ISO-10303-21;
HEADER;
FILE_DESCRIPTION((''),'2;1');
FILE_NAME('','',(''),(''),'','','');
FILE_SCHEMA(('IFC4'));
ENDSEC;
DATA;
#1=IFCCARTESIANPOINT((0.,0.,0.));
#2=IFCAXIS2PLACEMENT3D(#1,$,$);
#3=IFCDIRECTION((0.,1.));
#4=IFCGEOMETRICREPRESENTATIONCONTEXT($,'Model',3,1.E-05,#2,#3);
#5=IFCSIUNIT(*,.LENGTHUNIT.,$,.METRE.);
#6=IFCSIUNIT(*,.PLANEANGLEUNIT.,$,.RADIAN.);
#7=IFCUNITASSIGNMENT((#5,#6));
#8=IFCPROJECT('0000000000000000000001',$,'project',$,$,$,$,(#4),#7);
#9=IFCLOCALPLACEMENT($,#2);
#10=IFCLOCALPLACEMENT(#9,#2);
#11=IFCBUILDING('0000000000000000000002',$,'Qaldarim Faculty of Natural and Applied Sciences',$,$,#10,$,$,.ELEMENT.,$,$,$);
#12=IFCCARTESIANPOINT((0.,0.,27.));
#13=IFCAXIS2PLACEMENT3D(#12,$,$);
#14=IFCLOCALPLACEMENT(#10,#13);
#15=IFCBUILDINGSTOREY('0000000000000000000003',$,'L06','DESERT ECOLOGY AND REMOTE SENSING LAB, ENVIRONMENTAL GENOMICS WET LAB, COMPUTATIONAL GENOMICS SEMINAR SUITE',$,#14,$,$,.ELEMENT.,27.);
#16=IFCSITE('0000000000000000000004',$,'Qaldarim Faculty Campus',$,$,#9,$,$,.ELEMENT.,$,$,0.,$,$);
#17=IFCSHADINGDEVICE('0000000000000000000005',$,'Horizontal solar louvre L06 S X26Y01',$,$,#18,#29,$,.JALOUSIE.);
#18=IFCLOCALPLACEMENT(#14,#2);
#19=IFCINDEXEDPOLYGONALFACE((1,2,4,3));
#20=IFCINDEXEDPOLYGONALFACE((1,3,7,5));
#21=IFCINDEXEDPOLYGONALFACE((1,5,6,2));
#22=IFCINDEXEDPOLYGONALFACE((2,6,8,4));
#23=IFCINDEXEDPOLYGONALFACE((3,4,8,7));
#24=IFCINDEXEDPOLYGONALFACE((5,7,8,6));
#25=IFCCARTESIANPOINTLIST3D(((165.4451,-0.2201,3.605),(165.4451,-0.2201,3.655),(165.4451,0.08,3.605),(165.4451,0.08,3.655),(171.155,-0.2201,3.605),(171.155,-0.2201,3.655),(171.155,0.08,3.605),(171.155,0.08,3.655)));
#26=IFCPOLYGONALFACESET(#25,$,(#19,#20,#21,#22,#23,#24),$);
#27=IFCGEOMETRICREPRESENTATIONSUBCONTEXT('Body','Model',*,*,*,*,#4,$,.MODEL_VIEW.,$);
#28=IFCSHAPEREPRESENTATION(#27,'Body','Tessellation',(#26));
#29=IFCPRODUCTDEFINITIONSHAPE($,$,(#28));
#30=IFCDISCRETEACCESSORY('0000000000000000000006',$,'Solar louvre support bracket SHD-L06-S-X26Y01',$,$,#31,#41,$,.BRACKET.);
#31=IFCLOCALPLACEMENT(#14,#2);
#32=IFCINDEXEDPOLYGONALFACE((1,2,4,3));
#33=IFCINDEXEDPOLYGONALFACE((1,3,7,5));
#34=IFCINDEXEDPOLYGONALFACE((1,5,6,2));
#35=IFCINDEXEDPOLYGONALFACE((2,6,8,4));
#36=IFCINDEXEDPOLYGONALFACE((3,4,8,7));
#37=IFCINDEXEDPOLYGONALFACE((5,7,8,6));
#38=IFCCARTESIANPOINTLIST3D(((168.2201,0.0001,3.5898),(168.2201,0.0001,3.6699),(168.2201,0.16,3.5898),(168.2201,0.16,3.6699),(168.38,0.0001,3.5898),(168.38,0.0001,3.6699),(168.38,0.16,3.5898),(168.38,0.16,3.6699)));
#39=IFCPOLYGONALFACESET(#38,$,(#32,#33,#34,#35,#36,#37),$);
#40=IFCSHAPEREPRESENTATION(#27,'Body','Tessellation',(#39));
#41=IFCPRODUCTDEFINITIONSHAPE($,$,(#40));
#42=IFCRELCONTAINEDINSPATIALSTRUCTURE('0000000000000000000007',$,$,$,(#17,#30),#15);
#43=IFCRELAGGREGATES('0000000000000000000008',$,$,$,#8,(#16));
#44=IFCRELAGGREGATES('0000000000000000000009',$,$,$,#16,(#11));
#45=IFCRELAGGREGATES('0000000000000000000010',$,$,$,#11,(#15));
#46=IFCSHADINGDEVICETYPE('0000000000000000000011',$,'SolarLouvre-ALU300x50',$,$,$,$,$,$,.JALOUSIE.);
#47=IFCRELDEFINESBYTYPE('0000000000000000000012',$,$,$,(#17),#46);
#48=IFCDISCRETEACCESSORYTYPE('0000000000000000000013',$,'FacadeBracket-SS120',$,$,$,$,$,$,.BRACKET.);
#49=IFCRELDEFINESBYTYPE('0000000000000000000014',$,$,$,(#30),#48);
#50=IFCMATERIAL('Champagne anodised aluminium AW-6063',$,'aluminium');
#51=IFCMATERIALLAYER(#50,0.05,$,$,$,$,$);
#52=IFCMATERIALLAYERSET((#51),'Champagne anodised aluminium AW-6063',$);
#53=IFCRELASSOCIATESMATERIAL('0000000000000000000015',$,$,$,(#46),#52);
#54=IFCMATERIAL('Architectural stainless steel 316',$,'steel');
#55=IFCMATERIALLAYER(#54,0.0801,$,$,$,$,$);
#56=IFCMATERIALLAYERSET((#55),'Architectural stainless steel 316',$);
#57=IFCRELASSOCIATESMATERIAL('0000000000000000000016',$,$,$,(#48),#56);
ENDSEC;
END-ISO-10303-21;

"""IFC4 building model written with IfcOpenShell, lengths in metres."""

from ifc_helpers import new_model, si_unit, direction, frame, origin, origin_2d, place, context, subcontext, project, spatial, rectangle, extrude, material, layer, layer_set, type_object, element, save


model = new_model("IFC4")

# Units and contexts
model_context = context("Model", 3, precision=1e-05, world=origin(), true_north=direction((0.0, 1.0)))
body_context = subcontext(model_context, "Body", "Model", "MODEL_VIEW")
ifc_project = project(units=[si_unit("LENGTHUNIT", "METRE"), si_unit("PLANEANGLEUNIT", "RADIAN")], contexts=[model_context])

# Site, building, storey
site_placement = place(None, origin())
site = spatial("IfcSite", under=ifc_project, at=site_placement, Name="Qaldarim Faculty Campus", CompositionType="ELEMENT", RefElevation=0.0)
building_placement = place(site_placement, origin())
building = spatial("IfcBuilding", under=site, at=building_placement, Name="Qaldarim Faculty of Natural and Applied Sciences", CompositionType="ELEMENT")
storey_placement = place(building_placement, frame((0.0, 0.0, 27.0)))
storey = spatial("IfcBuildingStorey", under=building, at=storey_placement, Name="L06", Description="DESERT ECOLOGY AND REMOTE SENSING LAB, ENVIRONMENTAL GENOMICS WET LAB, COMPUTATIONAL GENOMICS SEMINAR SUITE", CompositionType="ELEMENT", Elevation=27.0)

# Shading device
ifc_material_1 = material(Name="Champagne anodised aluminium AW-6063", Category="aluminium")
ifc_layer_1 = layer(ifc_material_1, 0.05)
ifc_layer_set_1 = layer_set([ifc_layer_1], Name="Champagne anodised aluminium AW-6063")
shading_device_type = type_object("IfcShadingDeviceType", Name="SolarLouvre-ALU300x50", PredefinedType="JALOUSIE", material=ifc_layer_set_1)
shading_device_placement = place(storey_placement, frame((168.3, -0.0701, 3.605), z_axis=(0.0, 0.0, 1.0), x_axis=(1.0, 0.0, 0.0)))
element("IfcShadingDevice", 1, at=shading_device_placement, inside=storey, type_object=shading_device_type, Name="Horizontal solar louvre L06 S X26Y01", PredefinedType="JALOUSIE", context=body_context, shape_type="SweptSolid", body=[
    extrude(rectangle(XDim=5.71, YDim=0.3, at=origin_2d()), origin(), (0.0, 0.0, 1.0), 0.05),
])

# Discrete accessory
ifc_material_2 = material(Name="Architectural stainless steel 316", Category="steel")
ifc_layer_2 = layer(ifc_material_2, 0.0801)
ifc_layer_set_2 = layer_set([ifc_layer_2], Name="Architectural stainless steel 316")
discrete_accessory_type = type_object("IfcDiscreteAccessoryType", Name="FacadeBracket-SS120", PredefinedType="BRACKET", material=ifc_layer_set_2)
discrete_accessory_placement = place(storey_placement, frame((168.3, 0.0801, 3.5898), z_axis=(0.0, 0.0, 1.0), x_axis=(1.0, 0.0, 0.0)))
element("IfcDiscreteAccessory", 2, at=discrete_accessory_placement, inside=storey, type_object=discrete_accessory_type, Name="Solar louvre support bracket SHD-L06-S-X26Y01", PredefinedType="BRACKET", context=body_context, shape_type="SweptSolid", body=[
    extrude(rectangle(XDim=0.1599, YDim=0.1599, at=origin_2d()), origin(), (0.0, 0.0, 1.0), 0.0801),
])

save(model, "model.ifc")
